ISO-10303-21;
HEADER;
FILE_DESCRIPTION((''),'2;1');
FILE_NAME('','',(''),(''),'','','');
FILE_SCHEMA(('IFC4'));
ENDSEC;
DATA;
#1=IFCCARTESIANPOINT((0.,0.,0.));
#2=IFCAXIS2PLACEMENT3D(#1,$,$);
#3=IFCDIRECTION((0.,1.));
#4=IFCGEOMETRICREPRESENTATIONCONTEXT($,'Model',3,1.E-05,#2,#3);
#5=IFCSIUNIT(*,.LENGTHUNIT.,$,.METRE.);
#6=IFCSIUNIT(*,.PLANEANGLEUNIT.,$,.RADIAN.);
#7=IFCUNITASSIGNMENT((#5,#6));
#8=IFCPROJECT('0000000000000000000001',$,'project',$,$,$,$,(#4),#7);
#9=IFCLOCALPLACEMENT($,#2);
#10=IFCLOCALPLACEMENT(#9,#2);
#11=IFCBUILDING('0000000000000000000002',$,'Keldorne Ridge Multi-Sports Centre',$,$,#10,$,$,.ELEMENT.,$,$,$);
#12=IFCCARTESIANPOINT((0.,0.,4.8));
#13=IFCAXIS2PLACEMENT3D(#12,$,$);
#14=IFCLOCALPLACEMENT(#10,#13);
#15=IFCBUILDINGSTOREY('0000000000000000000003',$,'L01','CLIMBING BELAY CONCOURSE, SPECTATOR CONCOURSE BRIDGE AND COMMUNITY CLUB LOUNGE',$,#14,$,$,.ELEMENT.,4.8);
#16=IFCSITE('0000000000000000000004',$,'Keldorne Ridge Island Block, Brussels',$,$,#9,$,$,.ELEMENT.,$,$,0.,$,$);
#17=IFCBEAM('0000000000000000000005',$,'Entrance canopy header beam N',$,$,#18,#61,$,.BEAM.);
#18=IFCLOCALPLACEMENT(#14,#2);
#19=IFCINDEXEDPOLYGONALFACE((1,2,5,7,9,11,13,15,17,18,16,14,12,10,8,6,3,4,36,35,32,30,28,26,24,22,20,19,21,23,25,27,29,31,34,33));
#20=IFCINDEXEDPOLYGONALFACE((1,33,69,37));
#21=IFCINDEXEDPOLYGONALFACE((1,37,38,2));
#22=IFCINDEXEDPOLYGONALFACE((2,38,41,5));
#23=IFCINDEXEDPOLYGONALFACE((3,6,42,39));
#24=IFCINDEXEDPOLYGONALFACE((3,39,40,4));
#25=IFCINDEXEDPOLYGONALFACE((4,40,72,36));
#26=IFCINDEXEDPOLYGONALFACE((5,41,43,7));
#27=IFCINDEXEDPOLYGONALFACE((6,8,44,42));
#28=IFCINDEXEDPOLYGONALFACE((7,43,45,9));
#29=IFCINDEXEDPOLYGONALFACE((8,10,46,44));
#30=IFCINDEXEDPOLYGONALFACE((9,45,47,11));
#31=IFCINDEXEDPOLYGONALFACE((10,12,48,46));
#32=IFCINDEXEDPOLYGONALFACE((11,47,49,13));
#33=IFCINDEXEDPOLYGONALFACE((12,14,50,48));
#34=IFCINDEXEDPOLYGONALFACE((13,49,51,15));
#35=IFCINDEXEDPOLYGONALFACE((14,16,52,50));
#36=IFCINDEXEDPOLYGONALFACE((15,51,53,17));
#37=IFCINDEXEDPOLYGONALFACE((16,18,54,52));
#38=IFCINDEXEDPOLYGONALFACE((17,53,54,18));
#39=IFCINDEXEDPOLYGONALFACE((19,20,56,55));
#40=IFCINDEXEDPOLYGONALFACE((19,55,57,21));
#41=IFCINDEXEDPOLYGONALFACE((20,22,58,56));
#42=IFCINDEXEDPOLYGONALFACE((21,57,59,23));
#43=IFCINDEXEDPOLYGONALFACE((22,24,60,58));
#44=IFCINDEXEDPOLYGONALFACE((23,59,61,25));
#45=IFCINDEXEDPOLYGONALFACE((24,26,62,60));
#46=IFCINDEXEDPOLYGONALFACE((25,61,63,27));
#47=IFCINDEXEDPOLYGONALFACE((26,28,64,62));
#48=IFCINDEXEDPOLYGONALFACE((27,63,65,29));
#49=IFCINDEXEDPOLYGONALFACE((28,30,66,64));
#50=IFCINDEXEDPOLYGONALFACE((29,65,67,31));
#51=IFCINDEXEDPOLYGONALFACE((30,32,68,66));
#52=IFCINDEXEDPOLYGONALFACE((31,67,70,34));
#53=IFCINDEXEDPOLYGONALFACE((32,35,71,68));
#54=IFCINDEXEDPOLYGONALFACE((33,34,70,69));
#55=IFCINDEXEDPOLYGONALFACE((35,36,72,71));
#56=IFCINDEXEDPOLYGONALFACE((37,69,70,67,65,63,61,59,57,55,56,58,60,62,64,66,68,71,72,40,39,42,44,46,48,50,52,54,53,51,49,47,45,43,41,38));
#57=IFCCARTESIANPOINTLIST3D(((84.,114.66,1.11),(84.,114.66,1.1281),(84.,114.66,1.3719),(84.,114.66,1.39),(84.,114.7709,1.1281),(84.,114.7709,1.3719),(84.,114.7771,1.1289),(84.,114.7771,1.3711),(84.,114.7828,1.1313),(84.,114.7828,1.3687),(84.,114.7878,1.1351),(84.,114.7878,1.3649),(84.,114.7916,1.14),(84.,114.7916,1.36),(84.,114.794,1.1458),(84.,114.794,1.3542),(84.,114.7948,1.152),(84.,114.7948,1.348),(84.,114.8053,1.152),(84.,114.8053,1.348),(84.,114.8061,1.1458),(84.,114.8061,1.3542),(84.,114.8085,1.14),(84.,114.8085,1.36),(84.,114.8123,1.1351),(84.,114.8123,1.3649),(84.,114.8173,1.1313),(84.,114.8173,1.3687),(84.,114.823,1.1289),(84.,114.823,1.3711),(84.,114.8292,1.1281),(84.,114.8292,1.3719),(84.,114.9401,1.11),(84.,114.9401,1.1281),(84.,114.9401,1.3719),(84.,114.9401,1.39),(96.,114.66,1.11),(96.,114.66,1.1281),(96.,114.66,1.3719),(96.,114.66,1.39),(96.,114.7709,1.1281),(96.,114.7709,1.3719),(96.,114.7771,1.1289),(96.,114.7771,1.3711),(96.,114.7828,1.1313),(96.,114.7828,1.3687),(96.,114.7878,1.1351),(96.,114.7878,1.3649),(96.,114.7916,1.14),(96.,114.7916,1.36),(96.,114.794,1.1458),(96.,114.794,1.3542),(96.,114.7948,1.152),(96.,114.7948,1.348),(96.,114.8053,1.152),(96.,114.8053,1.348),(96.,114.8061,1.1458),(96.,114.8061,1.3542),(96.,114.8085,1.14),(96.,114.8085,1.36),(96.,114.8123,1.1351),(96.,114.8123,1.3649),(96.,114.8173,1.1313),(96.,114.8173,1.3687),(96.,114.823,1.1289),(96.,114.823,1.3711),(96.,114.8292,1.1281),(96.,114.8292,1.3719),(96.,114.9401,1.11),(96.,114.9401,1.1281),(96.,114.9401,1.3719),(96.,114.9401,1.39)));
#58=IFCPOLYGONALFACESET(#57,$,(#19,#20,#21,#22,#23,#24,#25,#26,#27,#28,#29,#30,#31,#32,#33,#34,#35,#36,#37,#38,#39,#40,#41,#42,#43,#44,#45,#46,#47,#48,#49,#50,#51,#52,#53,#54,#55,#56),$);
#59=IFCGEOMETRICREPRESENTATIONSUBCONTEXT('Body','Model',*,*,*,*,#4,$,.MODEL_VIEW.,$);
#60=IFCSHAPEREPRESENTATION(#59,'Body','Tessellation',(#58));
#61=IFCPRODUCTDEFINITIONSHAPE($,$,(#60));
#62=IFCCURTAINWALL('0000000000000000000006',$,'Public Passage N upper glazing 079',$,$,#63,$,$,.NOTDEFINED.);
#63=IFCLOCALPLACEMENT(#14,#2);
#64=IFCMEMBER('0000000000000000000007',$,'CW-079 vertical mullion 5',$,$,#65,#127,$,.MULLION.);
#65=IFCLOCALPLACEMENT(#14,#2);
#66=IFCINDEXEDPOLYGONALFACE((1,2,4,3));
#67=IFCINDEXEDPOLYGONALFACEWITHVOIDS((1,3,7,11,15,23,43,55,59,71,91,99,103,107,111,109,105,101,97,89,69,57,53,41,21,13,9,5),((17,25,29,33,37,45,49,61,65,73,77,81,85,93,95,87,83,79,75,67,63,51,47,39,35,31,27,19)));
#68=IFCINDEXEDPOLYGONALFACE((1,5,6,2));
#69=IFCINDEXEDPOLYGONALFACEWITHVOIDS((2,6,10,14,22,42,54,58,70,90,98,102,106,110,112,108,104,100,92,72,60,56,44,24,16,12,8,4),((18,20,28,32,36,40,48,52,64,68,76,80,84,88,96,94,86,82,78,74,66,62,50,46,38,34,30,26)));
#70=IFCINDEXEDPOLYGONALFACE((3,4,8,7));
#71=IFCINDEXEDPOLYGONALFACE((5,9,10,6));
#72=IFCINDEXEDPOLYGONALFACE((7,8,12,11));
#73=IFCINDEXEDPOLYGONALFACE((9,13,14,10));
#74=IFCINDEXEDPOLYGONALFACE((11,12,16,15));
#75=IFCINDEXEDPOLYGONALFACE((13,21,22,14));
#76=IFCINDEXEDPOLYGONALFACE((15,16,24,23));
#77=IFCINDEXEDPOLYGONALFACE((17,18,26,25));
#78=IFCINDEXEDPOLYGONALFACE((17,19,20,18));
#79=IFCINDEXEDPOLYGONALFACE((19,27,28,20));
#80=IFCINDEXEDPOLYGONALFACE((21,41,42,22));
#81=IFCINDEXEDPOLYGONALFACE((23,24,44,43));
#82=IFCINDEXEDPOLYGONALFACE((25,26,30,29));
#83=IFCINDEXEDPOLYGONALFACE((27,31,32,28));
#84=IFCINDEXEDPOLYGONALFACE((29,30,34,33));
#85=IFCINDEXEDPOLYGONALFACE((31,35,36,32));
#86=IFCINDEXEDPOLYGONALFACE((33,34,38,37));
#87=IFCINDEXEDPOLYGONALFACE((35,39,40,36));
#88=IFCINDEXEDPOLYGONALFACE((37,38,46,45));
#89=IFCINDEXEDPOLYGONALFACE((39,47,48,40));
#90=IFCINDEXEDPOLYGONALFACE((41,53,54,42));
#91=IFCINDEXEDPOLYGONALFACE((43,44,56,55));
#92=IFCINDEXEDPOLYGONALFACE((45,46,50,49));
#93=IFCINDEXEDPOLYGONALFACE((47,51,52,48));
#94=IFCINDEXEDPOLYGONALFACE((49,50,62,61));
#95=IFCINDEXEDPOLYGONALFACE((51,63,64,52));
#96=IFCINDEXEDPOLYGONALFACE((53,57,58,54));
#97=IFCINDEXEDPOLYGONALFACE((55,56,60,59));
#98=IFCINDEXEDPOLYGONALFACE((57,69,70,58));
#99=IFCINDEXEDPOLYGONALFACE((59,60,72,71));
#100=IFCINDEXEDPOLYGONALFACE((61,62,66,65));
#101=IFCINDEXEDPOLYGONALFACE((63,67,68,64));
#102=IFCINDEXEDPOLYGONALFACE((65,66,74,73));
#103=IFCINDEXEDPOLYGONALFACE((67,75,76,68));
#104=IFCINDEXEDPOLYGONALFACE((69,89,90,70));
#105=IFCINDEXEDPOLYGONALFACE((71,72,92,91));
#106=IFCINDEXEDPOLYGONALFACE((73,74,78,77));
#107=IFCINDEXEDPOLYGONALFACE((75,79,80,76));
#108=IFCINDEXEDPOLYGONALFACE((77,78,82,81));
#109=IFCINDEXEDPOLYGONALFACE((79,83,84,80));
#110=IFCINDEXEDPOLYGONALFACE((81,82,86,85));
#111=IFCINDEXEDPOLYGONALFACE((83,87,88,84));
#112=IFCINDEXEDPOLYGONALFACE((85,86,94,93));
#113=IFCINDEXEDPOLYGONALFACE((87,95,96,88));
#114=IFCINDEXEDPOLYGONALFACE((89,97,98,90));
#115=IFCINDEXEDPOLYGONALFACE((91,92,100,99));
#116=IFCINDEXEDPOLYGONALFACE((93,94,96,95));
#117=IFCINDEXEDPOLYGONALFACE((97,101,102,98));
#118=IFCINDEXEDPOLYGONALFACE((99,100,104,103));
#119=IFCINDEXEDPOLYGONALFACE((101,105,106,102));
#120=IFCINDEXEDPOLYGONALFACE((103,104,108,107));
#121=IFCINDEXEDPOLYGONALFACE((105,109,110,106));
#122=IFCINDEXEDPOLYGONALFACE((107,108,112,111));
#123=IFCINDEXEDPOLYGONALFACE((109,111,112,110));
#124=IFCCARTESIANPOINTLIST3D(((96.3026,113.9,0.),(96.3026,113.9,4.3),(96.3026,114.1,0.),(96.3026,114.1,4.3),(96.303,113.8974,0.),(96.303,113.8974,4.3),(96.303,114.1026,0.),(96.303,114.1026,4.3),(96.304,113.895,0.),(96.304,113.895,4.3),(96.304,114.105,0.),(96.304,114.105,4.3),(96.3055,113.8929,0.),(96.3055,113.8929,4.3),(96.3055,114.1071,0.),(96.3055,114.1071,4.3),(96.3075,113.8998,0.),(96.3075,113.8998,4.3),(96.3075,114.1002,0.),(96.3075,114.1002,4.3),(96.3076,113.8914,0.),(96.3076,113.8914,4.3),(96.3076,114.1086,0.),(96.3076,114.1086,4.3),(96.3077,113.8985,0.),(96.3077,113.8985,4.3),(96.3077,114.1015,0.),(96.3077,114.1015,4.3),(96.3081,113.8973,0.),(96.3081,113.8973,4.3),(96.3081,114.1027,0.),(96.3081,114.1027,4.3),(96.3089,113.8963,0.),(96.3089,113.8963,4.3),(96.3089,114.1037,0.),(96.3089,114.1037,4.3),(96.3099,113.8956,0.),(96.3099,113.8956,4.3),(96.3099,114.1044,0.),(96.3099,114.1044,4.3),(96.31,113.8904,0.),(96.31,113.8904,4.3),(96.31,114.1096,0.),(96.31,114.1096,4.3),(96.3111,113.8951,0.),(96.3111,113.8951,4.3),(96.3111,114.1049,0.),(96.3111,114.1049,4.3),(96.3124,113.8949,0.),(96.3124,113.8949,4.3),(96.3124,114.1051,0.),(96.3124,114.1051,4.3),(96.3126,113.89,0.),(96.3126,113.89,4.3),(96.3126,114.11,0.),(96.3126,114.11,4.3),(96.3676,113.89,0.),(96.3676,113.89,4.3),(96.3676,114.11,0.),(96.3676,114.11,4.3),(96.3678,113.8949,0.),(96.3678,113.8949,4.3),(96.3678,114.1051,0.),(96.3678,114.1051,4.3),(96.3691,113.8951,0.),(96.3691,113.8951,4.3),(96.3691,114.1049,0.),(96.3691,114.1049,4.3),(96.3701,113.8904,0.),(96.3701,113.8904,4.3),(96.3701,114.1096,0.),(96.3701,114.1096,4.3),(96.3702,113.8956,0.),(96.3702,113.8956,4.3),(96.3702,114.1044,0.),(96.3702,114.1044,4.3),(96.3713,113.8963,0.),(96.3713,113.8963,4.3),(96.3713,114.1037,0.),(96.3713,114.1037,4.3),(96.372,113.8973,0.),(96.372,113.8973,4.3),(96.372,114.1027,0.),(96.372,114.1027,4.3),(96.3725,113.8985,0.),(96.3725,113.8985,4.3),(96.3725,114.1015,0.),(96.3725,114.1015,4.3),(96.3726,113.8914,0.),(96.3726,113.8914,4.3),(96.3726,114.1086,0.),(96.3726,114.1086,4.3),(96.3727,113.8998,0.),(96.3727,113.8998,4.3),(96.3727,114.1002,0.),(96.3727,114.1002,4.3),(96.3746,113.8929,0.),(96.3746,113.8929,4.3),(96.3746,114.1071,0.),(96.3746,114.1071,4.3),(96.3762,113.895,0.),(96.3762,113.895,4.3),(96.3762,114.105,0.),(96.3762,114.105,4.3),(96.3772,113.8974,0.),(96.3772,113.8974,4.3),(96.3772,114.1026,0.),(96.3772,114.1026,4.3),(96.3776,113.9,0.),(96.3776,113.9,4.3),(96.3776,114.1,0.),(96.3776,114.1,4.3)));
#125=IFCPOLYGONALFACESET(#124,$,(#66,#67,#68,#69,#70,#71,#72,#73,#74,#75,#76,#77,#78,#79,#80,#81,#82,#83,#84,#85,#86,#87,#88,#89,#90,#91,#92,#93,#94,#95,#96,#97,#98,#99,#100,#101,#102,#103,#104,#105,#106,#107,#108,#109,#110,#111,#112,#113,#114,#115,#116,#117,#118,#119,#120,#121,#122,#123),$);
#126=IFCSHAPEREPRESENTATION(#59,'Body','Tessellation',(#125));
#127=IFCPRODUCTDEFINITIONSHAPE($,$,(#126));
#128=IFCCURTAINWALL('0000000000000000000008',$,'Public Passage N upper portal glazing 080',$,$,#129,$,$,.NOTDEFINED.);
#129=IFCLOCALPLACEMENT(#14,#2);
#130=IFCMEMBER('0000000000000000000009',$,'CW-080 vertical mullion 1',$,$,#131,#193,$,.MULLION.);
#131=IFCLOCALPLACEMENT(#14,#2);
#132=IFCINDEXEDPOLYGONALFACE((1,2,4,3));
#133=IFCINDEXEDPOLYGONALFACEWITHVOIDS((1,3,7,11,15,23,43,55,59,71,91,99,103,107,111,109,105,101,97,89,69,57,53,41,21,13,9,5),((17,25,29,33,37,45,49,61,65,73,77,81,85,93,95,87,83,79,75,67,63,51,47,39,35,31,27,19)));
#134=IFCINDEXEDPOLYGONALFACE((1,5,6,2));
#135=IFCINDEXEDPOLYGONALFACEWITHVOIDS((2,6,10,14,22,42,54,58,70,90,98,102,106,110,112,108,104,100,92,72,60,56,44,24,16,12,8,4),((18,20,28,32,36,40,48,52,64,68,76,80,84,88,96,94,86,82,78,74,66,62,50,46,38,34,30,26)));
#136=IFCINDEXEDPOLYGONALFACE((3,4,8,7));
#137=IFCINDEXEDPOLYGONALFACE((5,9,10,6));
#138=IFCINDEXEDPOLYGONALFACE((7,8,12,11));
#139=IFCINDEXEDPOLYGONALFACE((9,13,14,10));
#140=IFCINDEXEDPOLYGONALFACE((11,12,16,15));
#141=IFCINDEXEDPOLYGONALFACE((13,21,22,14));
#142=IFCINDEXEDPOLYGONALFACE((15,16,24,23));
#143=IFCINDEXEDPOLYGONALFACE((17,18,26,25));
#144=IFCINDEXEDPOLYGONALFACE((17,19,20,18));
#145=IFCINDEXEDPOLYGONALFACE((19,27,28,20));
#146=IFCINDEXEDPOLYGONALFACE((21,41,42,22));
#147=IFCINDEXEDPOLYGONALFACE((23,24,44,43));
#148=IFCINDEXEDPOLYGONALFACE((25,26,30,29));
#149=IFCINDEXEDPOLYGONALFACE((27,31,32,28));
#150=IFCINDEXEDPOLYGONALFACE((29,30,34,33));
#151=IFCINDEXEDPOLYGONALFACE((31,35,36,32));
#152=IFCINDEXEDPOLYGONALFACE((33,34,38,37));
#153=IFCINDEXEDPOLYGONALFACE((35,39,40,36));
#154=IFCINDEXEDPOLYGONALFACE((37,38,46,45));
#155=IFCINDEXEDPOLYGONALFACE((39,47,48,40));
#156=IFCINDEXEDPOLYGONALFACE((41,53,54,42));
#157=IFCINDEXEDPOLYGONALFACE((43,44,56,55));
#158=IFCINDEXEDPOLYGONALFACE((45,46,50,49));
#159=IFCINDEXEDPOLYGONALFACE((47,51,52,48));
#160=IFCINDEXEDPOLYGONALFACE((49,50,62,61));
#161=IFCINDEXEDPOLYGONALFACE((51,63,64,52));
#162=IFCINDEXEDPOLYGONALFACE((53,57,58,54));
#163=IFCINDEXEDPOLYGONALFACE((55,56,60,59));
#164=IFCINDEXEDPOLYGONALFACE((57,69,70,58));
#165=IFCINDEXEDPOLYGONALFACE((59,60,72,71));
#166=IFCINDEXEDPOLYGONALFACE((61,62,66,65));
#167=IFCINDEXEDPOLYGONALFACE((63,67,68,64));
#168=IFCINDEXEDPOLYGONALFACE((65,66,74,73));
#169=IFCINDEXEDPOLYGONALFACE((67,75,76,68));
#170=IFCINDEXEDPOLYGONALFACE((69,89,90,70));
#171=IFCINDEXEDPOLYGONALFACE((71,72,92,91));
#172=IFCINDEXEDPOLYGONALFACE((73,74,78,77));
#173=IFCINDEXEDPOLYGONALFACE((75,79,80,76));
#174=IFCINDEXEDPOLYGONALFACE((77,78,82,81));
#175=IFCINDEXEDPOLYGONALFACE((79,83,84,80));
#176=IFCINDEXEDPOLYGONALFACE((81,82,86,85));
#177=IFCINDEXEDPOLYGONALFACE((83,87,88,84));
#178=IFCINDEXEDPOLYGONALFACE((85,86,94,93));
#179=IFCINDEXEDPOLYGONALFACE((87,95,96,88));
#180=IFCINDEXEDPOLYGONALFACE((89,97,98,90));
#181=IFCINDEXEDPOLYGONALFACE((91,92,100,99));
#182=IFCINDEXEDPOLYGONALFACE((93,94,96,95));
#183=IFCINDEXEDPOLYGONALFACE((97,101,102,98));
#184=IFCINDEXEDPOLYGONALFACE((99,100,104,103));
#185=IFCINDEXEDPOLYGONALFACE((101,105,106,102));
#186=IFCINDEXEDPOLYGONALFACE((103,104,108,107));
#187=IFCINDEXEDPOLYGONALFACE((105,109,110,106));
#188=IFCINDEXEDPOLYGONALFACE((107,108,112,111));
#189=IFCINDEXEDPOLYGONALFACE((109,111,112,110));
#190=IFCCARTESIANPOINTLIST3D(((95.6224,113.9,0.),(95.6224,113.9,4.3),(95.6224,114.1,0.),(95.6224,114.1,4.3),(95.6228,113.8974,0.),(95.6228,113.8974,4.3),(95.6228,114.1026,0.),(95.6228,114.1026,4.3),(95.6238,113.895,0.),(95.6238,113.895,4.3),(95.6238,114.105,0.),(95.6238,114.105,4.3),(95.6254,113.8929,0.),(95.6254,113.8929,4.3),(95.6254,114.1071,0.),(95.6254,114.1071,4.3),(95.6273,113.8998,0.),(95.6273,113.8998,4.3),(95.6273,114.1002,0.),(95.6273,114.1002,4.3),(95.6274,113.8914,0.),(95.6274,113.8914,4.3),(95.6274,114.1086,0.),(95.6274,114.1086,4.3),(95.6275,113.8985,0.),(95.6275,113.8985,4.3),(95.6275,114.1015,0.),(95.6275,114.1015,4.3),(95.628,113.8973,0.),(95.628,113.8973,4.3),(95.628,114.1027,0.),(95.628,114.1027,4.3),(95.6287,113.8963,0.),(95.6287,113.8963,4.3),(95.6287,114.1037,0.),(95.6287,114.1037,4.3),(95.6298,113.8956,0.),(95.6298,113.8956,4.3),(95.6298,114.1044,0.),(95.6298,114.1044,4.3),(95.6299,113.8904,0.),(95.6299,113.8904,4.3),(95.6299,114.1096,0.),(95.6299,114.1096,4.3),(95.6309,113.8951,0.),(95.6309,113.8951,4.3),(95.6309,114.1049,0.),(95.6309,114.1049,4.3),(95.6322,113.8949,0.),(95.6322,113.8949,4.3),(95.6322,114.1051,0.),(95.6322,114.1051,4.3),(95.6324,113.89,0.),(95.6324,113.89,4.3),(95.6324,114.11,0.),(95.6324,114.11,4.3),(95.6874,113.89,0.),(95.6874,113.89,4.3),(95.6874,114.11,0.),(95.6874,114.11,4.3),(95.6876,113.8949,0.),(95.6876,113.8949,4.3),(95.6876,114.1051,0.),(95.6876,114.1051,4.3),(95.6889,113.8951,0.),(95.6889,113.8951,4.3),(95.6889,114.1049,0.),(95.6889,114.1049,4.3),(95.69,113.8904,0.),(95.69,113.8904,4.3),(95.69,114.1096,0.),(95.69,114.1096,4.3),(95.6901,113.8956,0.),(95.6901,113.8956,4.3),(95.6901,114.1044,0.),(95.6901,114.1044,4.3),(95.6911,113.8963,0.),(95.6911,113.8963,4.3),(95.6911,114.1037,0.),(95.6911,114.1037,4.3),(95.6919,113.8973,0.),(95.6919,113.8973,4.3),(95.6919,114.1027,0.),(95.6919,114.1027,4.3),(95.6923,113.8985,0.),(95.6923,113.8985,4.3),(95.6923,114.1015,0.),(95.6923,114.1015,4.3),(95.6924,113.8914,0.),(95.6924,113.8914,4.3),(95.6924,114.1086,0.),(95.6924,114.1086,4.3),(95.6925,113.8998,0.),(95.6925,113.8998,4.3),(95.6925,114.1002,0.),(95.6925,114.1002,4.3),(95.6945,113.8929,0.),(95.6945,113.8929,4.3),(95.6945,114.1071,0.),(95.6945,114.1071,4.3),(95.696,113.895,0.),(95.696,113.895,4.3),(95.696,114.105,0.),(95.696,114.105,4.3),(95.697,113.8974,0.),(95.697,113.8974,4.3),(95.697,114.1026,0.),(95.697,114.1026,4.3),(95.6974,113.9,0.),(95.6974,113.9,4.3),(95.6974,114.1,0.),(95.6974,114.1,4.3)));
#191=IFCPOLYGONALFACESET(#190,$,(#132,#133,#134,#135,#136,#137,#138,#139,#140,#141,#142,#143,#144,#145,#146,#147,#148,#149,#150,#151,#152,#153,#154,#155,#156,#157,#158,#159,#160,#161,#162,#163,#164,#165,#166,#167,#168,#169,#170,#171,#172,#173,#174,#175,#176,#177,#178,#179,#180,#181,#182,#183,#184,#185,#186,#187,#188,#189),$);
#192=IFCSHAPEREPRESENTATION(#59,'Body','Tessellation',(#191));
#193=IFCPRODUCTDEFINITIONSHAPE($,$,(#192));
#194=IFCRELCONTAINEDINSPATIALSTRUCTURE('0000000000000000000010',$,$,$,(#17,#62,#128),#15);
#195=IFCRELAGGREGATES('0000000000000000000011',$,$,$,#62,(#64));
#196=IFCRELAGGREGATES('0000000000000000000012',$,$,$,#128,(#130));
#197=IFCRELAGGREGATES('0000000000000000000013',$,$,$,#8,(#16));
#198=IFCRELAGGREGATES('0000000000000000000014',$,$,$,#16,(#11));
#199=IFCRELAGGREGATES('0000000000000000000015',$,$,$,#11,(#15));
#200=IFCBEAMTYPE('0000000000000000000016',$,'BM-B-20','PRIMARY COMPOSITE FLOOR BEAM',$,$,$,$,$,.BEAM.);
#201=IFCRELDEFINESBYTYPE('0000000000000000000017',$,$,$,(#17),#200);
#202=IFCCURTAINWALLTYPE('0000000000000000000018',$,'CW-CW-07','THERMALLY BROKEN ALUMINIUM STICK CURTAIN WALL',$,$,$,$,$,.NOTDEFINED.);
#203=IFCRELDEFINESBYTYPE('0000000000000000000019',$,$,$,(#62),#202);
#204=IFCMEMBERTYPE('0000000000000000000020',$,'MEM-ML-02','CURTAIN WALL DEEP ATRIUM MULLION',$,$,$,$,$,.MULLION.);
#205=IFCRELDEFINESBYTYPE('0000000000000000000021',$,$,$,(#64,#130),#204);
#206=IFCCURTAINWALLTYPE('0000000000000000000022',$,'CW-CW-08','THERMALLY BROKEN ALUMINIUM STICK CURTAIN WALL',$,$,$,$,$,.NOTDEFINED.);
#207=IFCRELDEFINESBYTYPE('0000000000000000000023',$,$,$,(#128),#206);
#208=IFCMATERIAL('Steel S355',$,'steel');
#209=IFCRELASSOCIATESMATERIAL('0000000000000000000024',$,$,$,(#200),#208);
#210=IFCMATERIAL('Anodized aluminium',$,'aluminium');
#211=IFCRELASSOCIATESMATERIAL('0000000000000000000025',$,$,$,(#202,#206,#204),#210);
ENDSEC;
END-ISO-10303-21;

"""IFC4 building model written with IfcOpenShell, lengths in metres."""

from ifc_helpers import new_model, si_unit, direction, frame, origin, origin_2d, place, context, subcontext, project, spatial, hollow_rectangle, i_section, extrude, material, material_profile, profile_set, type_object, element, aggregate, save


model = new_model("IFC4")

# Units and contexts
model_context = context("Model", 3, precision=1e-05, world=origin(), true_north=direction((0.0, 1.0)))
body_context = subcontext(model_context, "Body", "Model", "MODEL_VIEW")
ifc_project = project(units=[si_unit("LENGTHUNIT", "METRE"), si_unit("PLANEANGLEUNIT", "RADIAN")], contexts=[model_context])

# Site, building, storey
site_placement = place(None, origin())
site = spatial("IfcSite", under=ifc_project, at=site_placement, Name="Keldorne Ridge Island Block, Brussels", CompositionType="ELEMENT", RefElevation=0.0)
building_placement = place(site_placement, origin())
building = spatial("IfcBuilding", under=site, at=building_placement, Name="Keldorne Ridge Multi-Sports Centre", CompositionType="ELEMENT")
storey_placement = place(building_placement, frame((0.0, 0.0, 4.8)))
storey = spatial("IfcBuildingStorey", under=building, at=storey_placement, Name="L01", Description="CLIMBING BELAY CONCOURSE, SPECTATOR CONCOURSE BRIDGE AND COMMUNITY CLUB LOUNGE", CompositionType="ELEMENT", Elevation=4.8)

# Shared definitions
ifc_material_1 = material(Name="Steel S355", Category="steel")

# Beam
ifc_material_profile_1 = material_profile(ifc_material_1, i_section(OverallWidth=0.28, OverallDepth=0.28, WebThickness=0.0105, FlangeThickness=0.0181, FilletRadius=0.0239, at=origin_2d()), Name="HEB 280")
ifc_profile_set_1 = profile_set([ifc_material_profile_1], Name="Steel S355")
beam_type_1 = type_object("IfcBeamType", Name="BM-B-20", Description="PRIMARY COMPOSITE FLOOR BEAM", PredefinedType="BEAM", material=ifc_profile_set_1)
beam_1_placement = place(storey_placement, frame((84.0, 114.8, 1.25), z_axis=(1.0, 0.0, 0.0), x_axis=(0.0, 1.0, 0.0)))
element("IfcBeam", 1, at=beam_1_placement, inside=storey, type_object=beam_type_1, Name="Entrance canopy header beam N", PredefinedType="BEAM", context=body_context, shape_type="SweptSolid", body=[
    extrude(i_section(OverallWidth=0.28, OverallDepth=0.28, WebThickness=0.0105, FlangeThickness=0.0181, FilletRadius=0.0239, at=origin_2d()), origin(), (0.0, 0.0, 1.0), 12.0),
])

# Curtain wall, member
ifc_material_2 = material(Name="Anodized aluminium", Category="aluminium")
curtain_wall_type_1 = type_object("IfcCurtainWallType", Name="CW-CW-07", Description="THERMALLY BROKEN ALUMINIUM STICK CURTAIN WALL", PredefinedType="NOTDEFINED", material=ifc_material_2)
curtain_wall_1_placement = place(storey_placement, origin())
curtain_wall_1 = element("IfcCurtainWall", 2, at=curtain_wall_1_placement, inside=storey, type_object=curtain_wall_type_1, Name="Public Passage N upper glazing 079", PredefinedType="NOTDEFINED")
ifc_material_profile_2 = material_profile(ifc_material_2, hollow_rectangle(XDim=0.075, YDim=0.22, WallThickness=0.0049, InnerFilletRadius=0.0049, OuterFilletRadius=0.01, at=origin_2d()), Name="ALU MULLION 220x75x5")
ifc_profile_set_2 = profile_set([ifc_material_profile_2], Name="Anodized aluminium")
member_type_1 = type_object("IfcMemberType", Name="MEM-ML-02", Description="CURTAIN WALL DEEP ATRIUM MULLION", PredefinedType="MULLION", material=ifc_profile_set_2)
member_1_placement = place(storey_placement, frame((96.3401, 114.0, 0.0), z_axis=(0.0, 0.0, 1.0), x_axis=(1.0, 0.0, 0.0)))
member_1 = element("IfcMember", 3, at=member_1_placement, type_object=member_type_1, Name="CW-079 vertical mullion 5", PredefinedType="MULLION", context=body_context, shape_type="SweptSolid", body=[
    extrude(hollow_rectangle(XDim=0.075, YDim=0.22, WallThickness=0.0049, InnerFilletRadius=0.0049, OuterFilletRadius=0.01, at=origin_2d()), origin(), (0.0, 0.0, 1.0), 4.3),
])

# Curtain wall, member
curtain_wall_type_2 = type_object("IfcCurtainWallType", Name="CW-CW-08", Description="THERMALLY BROKEN ALUMINIUM STICK CURTAIN WALL", PredefinedType="NOTDEFINED", material=ifc_material_2)
curtain_wall_2_placement = place(storey_placement, origin())
curtain_wall_2 = element("IfcCurtainWall", 4, at=curtain_wall_2_placement, inside=storey, type_object=curtain_wall_type_2, Name="Public Passage N upper portal glazing 080", PredefinedType="NOTDEFINED")
member_2_placement = place(storey_placement, frame((95.6599, 114.0, 0.0), z_axis=(0.0, 0.0, 1.0), x_axis=(1.0, 0.0, 0.0)))
member_2 = element("IfcMember", 5, at=member_2_placement, type_object=member_type_1, Name="CW-080 vertical mullion 1", PredefinedType="MULLION", context=body_context, shape_type="SweptSolid", body=[
    extrude(hollow_rectangle(XDim=0.075, YDim=0.22, WallThickness=0.0049, InnerFilletRadius=0.0049, OuterFilletRadius=0.01, at=origin_2d()), origin(), (0.0, 0.0, 1.0), 4.3),
])

aggregate(curtain_wall_1, [member_1])
aggregate(curtain_wall_2, [member_2])

save(model, "model.ifc")
